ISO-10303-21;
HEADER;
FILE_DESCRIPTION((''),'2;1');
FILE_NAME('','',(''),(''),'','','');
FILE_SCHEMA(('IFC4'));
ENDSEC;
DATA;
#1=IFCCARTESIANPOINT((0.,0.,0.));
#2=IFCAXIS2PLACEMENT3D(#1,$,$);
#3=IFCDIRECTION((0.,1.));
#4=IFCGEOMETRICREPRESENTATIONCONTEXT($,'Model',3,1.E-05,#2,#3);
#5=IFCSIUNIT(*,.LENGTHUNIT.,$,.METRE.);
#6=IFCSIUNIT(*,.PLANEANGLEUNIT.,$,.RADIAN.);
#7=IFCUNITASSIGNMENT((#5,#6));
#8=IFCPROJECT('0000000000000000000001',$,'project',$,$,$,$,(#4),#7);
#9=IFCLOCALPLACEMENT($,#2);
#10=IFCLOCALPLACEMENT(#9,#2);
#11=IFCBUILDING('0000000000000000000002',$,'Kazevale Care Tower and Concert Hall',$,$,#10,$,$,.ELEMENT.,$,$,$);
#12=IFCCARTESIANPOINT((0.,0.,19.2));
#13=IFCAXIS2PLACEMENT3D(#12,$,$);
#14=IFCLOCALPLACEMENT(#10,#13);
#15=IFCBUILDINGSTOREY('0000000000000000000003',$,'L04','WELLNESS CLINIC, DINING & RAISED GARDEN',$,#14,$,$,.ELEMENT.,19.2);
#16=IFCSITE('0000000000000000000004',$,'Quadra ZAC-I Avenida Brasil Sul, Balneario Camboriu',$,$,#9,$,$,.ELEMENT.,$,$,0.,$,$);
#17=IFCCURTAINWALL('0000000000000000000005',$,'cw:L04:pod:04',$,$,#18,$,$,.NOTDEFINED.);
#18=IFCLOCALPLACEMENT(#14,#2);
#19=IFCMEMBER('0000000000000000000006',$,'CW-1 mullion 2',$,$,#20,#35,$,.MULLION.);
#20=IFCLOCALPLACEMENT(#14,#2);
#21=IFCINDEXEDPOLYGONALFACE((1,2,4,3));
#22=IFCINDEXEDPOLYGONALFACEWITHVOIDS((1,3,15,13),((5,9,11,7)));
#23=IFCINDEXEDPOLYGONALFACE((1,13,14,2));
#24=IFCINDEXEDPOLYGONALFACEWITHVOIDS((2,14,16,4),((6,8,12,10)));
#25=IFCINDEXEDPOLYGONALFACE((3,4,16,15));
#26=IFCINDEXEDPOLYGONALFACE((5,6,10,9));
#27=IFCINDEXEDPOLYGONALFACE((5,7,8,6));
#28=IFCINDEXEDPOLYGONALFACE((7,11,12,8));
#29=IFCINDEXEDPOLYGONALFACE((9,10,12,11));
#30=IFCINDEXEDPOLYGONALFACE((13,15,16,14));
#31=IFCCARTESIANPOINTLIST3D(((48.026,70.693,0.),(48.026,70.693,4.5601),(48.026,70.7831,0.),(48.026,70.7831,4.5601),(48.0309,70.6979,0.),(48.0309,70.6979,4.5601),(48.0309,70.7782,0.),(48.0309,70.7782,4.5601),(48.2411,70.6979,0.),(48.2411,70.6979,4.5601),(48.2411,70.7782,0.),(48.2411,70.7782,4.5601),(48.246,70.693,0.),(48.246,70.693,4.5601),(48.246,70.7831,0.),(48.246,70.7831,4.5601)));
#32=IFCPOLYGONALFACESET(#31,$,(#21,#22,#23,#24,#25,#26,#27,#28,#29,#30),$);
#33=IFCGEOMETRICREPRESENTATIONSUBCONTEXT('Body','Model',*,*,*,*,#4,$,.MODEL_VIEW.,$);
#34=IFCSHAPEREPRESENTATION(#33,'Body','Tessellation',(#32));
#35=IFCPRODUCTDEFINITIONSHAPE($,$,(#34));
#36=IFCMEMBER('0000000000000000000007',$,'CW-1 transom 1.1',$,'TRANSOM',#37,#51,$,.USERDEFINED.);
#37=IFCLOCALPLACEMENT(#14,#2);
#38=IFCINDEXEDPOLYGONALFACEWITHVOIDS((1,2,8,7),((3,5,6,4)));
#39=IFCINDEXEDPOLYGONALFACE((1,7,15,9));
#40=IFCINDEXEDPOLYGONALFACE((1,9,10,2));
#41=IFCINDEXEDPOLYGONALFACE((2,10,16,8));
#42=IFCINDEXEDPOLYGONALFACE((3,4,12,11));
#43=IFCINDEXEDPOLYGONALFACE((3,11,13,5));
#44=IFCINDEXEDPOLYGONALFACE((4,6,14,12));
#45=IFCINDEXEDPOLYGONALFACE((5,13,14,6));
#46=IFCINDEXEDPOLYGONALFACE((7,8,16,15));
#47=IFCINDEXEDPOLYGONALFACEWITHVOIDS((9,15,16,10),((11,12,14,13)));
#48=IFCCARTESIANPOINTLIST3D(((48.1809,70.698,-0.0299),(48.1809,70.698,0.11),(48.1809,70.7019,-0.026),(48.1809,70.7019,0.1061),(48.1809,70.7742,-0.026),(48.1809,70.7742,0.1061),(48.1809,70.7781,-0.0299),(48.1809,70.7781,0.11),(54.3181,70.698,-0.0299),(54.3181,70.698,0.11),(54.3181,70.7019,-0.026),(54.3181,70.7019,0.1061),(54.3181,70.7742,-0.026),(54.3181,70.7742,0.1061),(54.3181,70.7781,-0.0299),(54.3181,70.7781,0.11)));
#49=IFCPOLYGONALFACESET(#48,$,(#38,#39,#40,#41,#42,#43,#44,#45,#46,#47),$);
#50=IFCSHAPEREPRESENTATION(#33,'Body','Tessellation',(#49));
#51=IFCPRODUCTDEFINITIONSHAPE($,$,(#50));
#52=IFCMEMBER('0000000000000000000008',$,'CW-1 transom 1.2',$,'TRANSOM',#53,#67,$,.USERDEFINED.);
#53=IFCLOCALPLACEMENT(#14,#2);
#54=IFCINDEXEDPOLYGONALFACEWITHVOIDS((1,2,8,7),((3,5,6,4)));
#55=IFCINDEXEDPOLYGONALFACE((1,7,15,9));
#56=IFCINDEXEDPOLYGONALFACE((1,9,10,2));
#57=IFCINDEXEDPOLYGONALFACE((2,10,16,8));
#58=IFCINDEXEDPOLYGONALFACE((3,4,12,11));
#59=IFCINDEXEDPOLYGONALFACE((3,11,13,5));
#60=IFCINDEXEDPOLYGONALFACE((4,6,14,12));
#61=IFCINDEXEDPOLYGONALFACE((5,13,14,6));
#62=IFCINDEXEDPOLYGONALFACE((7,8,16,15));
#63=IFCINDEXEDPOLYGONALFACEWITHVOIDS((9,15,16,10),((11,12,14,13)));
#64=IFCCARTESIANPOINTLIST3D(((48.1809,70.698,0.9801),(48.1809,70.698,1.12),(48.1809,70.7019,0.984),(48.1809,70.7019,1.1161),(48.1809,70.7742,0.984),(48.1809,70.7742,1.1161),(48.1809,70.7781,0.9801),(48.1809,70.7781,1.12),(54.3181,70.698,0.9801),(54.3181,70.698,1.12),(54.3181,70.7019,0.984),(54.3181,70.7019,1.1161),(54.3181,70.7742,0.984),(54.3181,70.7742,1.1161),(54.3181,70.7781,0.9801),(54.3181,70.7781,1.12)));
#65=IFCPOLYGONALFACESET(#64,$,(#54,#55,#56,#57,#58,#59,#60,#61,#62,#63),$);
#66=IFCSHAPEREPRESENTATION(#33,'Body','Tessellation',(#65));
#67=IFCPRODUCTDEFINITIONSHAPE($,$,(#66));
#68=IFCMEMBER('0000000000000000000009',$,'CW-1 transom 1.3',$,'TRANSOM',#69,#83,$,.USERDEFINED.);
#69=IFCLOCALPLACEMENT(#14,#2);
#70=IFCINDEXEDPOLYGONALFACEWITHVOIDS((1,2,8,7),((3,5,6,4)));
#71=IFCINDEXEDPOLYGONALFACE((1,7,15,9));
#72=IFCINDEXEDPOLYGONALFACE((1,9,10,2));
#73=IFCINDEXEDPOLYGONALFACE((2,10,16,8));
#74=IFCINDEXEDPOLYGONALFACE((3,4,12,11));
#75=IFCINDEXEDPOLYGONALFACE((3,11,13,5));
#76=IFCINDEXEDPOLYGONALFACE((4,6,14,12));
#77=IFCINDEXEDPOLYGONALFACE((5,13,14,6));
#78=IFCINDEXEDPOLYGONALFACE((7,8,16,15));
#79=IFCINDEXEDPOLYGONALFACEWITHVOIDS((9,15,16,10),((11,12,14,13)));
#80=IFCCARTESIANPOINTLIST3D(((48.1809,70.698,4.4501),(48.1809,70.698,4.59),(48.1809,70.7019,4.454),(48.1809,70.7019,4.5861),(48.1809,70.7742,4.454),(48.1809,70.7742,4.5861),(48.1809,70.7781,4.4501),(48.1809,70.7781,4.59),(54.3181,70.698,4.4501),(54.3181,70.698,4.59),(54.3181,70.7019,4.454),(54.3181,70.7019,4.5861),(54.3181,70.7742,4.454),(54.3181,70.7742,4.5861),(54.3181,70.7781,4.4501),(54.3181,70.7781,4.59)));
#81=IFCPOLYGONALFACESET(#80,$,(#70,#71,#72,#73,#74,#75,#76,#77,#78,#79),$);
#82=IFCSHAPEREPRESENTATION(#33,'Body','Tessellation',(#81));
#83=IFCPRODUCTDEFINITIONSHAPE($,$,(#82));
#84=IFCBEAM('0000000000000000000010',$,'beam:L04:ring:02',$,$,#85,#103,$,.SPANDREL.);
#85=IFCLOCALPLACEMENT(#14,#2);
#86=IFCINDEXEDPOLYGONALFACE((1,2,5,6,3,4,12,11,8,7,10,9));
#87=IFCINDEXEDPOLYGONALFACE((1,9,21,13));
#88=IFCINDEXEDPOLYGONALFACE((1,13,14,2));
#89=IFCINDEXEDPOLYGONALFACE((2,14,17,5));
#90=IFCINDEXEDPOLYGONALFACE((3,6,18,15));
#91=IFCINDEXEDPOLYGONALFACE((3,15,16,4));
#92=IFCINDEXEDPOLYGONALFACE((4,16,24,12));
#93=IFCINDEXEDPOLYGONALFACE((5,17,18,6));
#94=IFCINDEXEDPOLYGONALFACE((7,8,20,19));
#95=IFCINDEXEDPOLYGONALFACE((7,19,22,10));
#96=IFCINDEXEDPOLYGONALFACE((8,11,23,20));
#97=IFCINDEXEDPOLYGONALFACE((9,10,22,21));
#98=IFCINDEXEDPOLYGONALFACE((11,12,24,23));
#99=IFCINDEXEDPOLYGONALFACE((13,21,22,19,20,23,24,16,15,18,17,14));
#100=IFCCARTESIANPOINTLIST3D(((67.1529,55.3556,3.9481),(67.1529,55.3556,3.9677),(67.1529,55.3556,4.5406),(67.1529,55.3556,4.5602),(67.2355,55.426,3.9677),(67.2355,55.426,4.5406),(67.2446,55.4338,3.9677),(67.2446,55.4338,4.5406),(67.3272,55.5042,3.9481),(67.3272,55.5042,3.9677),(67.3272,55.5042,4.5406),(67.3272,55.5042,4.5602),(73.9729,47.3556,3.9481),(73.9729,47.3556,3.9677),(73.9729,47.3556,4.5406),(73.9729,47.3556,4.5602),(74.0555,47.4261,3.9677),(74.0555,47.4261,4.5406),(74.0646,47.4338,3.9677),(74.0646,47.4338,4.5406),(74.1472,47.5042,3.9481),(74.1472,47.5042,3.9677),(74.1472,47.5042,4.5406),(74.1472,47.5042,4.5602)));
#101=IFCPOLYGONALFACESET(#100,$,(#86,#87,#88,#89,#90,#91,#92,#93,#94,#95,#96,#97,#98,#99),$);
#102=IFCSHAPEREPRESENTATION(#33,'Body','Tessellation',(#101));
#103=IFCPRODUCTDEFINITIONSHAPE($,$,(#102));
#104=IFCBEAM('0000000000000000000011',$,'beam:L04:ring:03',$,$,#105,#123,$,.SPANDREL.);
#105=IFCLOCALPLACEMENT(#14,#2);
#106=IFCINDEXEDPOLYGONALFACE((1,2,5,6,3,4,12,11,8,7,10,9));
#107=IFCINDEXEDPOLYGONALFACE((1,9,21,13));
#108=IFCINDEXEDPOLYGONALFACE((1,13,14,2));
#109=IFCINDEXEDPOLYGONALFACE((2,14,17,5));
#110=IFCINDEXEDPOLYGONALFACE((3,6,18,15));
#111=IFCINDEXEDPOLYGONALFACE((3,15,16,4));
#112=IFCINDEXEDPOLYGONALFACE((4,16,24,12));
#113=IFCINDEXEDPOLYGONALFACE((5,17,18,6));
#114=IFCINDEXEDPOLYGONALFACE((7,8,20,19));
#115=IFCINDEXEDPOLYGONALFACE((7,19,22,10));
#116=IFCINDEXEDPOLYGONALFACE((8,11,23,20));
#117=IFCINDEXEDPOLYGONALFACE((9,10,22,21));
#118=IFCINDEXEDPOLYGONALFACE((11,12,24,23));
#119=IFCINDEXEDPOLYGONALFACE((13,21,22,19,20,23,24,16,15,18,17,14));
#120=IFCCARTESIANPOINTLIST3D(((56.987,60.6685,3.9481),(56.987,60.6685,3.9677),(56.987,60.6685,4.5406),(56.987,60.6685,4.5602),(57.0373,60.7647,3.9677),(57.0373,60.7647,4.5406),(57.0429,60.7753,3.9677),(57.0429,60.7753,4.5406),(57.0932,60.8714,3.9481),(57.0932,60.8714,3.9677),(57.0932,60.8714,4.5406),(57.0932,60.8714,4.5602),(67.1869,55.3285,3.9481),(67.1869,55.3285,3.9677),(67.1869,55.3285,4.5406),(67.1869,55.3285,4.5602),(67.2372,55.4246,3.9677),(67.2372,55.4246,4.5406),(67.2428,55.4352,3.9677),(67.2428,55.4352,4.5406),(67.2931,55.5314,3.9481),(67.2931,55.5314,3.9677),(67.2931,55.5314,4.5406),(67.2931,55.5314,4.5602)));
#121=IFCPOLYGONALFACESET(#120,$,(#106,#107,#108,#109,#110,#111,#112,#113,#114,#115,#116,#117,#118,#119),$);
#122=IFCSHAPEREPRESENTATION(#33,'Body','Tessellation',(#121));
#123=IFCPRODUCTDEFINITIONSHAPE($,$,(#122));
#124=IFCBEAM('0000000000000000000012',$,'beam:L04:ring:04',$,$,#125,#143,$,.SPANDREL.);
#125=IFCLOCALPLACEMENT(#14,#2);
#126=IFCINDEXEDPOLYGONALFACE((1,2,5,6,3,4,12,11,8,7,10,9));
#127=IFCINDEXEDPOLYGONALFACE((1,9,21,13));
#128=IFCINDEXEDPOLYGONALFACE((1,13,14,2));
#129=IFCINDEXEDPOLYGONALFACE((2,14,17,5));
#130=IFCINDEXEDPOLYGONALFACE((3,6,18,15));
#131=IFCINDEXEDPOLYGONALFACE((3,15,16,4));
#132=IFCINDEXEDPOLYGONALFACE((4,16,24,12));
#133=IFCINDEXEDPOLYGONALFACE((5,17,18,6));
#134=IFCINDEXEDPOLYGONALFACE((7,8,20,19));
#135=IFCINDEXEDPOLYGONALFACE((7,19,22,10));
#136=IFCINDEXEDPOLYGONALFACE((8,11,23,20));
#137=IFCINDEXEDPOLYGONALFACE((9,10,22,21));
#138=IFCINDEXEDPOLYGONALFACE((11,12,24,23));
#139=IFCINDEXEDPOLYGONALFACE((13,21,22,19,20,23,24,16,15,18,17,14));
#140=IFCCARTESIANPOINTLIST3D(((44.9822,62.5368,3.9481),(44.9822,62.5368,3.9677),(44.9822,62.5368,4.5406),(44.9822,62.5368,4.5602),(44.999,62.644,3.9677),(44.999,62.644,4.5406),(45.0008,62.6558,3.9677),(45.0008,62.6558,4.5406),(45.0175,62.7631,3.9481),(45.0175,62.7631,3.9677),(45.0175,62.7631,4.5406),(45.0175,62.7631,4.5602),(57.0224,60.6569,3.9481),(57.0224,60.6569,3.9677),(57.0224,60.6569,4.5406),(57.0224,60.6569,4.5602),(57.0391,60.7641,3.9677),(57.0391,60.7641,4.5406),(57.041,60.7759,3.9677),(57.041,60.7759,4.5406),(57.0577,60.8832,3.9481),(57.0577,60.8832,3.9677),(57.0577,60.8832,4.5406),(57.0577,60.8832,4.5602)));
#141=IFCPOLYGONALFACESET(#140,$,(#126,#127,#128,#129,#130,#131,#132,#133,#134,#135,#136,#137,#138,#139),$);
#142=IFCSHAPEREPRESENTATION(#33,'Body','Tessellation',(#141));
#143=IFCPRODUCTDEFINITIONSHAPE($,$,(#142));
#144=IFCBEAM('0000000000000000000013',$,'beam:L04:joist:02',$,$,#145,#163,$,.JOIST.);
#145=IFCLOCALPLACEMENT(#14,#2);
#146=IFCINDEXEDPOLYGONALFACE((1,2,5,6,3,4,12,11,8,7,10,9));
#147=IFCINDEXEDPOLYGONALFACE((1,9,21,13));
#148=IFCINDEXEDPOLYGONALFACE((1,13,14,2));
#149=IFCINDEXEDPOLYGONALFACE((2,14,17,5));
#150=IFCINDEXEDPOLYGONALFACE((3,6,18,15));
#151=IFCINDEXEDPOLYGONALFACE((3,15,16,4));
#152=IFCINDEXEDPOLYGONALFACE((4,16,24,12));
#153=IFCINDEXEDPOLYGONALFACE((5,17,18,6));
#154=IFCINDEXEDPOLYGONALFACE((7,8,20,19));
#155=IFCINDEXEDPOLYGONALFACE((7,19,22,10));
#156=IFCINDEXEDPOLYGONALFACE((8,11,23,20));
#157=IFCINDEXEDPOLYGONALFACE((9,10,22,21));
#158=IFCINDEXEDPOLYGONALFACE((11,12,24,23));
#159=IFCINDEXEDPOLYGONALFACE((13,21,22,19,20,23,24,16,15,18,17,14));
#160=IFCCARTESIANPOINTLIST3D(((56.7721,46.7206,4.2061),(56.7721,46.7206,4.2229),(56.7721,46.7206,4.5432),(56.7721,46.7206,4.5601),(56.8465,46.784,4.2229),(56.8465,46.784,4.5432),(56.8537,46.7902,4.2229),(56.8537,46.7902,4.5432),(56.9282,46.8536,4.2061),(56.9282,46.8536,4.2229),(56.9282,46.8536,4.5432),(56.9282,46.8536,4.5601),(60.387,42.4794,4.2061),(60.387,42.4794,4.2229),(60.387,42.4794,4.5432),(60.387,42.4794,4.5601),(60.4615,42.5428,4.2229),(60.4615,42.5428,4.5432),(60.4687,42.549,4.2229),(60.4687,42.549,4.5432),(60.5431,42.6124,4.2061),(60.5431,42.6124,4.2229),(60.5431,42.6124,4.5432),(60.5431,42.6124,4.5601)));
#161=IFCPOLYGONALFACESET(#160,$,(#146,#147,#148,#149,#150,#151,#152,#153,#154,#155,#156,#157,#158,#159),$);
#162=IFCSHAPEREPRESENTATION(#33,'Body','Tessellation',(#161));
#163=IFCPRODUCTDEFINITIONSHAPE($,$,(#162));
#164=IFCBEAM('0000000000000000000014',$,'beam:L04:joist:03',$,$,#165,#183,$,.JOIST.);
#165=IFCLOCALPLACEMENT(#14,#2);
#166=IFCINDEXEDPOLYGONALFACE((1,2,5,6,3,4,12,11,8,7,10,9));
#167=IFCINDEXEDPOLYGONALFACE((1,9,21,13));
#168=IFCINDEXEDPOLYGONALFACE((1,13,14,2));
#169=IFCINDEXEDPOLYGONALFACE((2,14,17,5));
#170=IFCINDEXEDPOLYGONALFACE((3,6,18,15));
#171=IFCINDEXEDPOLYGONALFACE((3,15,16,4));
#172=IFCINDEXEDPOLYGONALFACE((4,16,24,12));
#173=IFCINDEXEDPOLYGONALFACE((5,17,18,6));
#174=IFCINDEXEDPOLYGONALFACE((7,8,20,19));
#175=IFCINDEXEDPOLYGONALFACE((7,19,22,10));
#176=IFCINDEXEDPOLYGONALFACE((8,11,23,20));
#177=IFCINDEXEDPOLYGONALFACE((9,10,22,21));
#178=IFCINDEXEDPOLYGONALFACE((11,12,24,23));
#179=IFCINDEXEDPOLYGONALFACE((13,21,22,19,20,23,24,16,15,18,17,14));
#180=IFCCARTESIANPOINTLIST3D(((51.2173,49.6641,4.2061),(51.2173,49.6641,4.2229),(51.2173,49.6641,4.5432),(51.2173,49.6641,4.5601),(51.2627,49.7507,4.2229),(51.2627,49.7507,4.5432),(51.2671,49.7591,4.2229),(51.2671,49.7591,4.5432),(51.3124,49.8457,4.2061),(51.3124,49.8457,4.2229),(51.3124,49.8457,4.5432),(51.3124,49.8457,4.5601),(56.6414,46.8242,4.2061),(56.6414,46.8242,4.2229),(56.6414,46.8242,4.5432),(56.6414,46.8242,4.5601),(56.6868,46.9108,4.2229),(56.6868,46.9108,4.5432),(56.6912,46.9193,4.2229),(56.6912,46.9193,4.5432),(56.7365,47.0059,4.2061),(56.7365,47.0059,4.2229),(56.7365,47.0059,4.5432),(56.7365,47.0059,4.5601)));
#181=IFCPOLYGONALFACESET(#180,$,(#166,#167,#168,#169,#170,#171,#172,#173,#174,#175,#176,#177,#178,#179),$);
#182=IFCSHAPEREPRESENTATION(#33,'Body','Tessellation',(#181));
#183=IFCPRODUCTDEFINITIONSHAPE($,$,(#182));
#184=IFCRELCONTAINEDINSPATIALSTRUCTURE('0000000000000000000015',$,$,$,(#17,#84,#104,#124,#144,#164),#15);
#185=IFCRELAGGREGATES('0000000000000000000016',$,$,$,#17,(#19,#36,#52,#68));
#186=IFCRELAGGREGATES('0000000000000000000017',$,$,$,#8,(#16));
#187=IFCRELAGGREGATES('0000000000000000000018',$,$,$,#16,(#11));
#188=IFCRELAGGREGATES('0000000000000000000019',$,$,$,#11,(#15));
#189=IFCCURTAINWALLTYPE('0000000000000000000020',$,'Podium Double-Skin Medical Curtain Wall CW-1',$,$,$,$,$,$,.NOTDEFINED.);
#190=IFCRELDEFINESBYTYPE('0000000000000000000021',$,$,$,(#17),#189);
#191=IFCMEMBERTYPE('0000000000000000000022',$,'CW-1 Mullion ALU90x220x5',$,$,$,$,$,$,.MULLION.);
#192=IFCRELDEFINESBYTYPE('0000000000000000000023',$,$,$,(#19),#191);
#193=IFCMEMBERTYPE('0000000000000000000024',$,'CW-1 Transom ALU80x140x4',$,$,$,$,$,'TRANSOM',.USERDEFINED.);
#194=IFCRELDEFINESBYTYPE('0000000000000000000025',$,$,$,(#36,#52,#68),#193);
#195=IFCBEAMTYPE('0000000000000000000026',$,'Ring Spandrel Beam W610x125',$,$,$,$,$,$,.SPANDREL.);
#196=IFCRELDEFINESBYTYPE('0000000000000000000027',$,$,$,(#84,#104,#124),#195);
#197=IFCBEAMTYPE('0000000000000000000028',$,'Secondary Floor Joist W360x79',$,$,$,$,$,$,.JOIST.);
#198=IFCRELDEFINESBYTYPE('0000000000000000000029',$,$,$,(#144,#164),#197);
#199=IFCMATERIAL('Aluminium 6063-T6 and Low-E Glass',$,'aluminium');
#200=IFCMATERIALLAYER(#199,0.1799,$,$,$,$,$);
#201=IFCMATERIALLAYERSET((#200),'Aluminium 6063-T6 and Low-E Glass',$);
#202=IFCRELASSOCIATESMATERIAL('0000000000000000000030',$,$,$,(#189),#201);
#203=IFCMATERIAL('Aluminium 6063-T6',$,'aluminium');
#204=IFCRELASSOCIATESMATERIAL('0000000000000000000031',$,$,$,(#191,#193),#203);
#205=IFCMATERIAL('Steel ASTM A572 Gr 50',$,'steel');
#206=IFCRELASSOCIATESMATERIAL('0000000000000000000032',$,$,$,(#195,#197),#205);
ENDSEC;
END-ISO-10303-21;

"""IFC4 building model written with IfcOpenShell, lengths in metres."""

from ifc_helpers import new_model, si_unit, direction, frame, origin, origin_2d, place, context, subcontext, project, spatial, hollow_rectangle, i_section, extrude, material, layer, layer_set, material_profile, profile_set, type_object, element, aggregate, save


model = new_model("IFC4")

# Units and contexts
model_context = context("Model", 3, precision=1e-05, world=origin(), true_north=direction((0.0, 1.0)))
body_context = subcontext(model_context, "Body", "Model", "MODEL_VIEW")
ifc_project = project(units=[si_unit("LENGTHUNIT", "METRE"), si_unit("PLANEANGLEUNIT", "RADIAN")], contexts=[model_context])

# Site, building, storey
site_placement = place(None, origin())
site = spatial("IfcSite", under=ifc_project, at=site_placement, Name="Quadra ZAC-I Avenida Brasil Sul, Balneario Camboriu", CompositionType="ELEMENT", RefElevation=0.0)
building_placement = place(site_placement, origin())
building = spatial("IfcBuilding", under=site, at=building_placement, Name="Kazevale Care Tower and Concert Hall", CompositionType="ELEMENT")
storey_placement = place(building_placement, frame((0.0, 0.0, 19.2)))
storey = spatial("IfcBuildingStorey", under=building, at=storey_placement, Name="L04", Description="WELLNESS CLINIC, DINING & RAISED GARDEN", CompositionType="ELEMENT", Elevation=19.2)

# Shared definitions
ifc_material_1 = material(Name="Aluminium 6063-T6 and Low-E Glass", Category="aluminium")
ifc_layer_1 = layer(ifc_material_1, 0.1799)
ifc_layer_set_1 = layer_set([ifc_layer_1], Name="Aluminium 6063-T6 and Low-E Glass")
curtain_wall_type = type_object("IfcCurtainWallType", Name="Podium Double-Skin Medical Curtain Wall CW-1", PredefinedType="NOTDEFINED", material=ifc_layer_set_1)
ifc_material_2 = material(Name="Aluminium 6063-T6", Category="aluminium")
ifc_material_profile_1 = material_profile(ifc_material_2, hollow_rectangle(XDim=0.0901, YDim=0.22, WallThickness=0.0049, at=origin_2d()), Name="ALU90x220x5")
ifc_profile_set_1 = profile_set([ifc_material_profile_1], Name="Aluminium 6063-T6")
member_type_1 = type_object("IfcMemberType", Name="CW-1 Mullion ALU90x220x5", PredefinedType="MULLION", material=ifc_profile_set_1)

# Curtain wall, members
curtain_wall_1_placement = place(storey_placement, origin())
curtain_wall_1 = element("IfcCurtainWall", 1, at=curtain_wall_1_placement, inside=storey, type_object=curtain_wall_type, Name="cw:L04:pod:04", PredefinedType="NOTDEFINED")
member_1_placement = place(storey_placement, frame((48.136, 70.738, 0.0), z_axis=(0.0, 0.0, 1.0), x_axis=(0.0, -1.0, 0.0)))
member_1 = element("IfcMember", 2, at=member_1_placement, type_object=member_type_1, Name="CW-1 mullion 2", PredefinedType="MULLION", context=body_context, shape_type="SweptSolid", body=[
    extrude(hollow_rectangle(XDim=0.0901, YDim=0.22, WallThickness=0.0049, at=origin_2d()), origin(), (0.0, 0.0, 1.0), 4.5601),
])
ifc_material_profile_2 = material_profile(ifc_material_2, hollow_rectangle(XDim=0.0801, YDim=0.1399, WallThickness=0.0039, at=origin_2d()), Name="ALU80x140x4")
ifc_profile_set_2 = profile_set([ifc_material_profile_2], Name="Aluminium 6063-T6")
member_type_2 = type_object("IfcMemberType", Name="CW-1 Transom ALU80x140x4", ElementType="TRANSOM", PredefinedType="USERDEFINED", material=ifc_profile_set_2)
member_2_placement = place(storey_placement, frame((54.3181, 70.738, 0.04), z_axis=(-1.0, 0.0, 0.0), x_axis=(0.0, -1.0, 0.0)))
member_2 = element("IfcMember", 3, at=member_2_placement, type_object=member_type_2, Name="CW-1 transom 1.1", ObjectType="TRANSOM", PredefinedType="USERDEFINED", context=body_context, shape_type="SweptSolid", body=[
    extrude(hollow_rectangle(XDim=0.0801, YDim=0.1399, WallThickness=0.0039, at=origin_2d()), origin(), (0.0, 0.0, 1.0), 6.1372),
])
member_3_placement = place(storey_placement, frame((54.3181, 70.738, 1.05), z_axis=(-1.0, 0.0, 0.0), x_axis=(0.0, -1.0, 0.0)))
member_3 = element("IfcMember", 4, at=member_3_placement, type_object=member_type_2, Name="CW-1 transom 1.2", ObjectType="TRANSOM", PredefinedType="USERDEFINED", context=body_context, shape_type="SweptSolid", body=[
    extrude(hollow_rectangle(XDim=0.0801, YDim=0.1399, WallThickness=0.0039, at=origin_2d()), origin(), (0.0, 0.0, 1.0), 6.1372),
])
member_4_placement = place(storey_placement, frame((54.3181, 70.738, 4.52), z_axis=(-1.0, 0.0, 0.0), x_axis=(0.0, -1.0, 0.0)))
member_4 = element("IfcMember", 5, at=member_4_placement, type_object=member_type_2, Name="CW-1 transom 1.3", ObjectType="TRANSOM", PredefinedType="USERDEFINED", context=body_context, shape_type="SweptSolid", body=[
    extrude(hollow_rectangle(XDim=0.0801, YDim=0.1399, WallThickness=0.0039, at=origin_2d()), origin(), (0.0, 0.0, 1.0), 6.1372),
])

# Beams
ifc_material_3 = material(Name="Steel ASTM A572 Gr 50", Category="steel")
ifc_material_profile_3 = material_profile(ifc_material_3, i_section(OverallWidth=0.229, OverallDepth=0.6121, WebThickness=0.012, FlangeThickness=0.0195, at=origin_2d()), Name="W610x125")
ifc_profile_set_3 = profile_set([ifc_material_profile_3], Name="Steel ASTM A572 Gr 50")
beam_type_1 = type_object("IfcBeamType", Name="Ring Spandrel Beam W610x125", PredefinedType="SPANDREL", material=ifc_profile_set_3)
beam_1_placement = place(storey_placement, frame((74.0601, 47.4299, 4.2542), z_axis=(-0.648756, 0.760996, 0.0), x_axis=(-0.760996, -0.648756, 0.0)))
element("IfcBeam", 6, at=beam_1_placement, inside=storey, type_object=beam_type_1, Name="beam:L04:ring:02", PredefinedType="SPANDREL", context=body_context, shape_type="SweptSolid", body=[
    extrude(i_section(OverallWidth=0.229, OverallDepth=0.6121, WebThickness=0.012, FlangeThickness=0.0195, at=origin_2d()), origin(), (0.0, 0.0, 1.0), 10.5125),
])
beam_2_placement = place(storey_placement, frame((67.24, 55.4299, 4.2542), z_axis=(-0.885929, 0.46382, 0.0), x_axis=(-0.46382, -0.885929, 0.0)))
element("IfcBeam", 7, at=beam_2_placement, inside=storey, type_object=beam_type_1, Name="beam:L04:ring:03", PredefinedType="SPANDREL", context=body_context, shape_type="SweptSolid", body=[
    extrude(i_section(OverallWidth=0.229, OverallDepth=0.6121, WebThickness=0.012, FlangeThickness=0.0195, at=origin_2d()), origin(), (0.0, 0.0, 1.0), 11.5132),
])
beam_3_placement = place(storey_placement, frame((57.04, 60.77, 4.2542), z_axis=(-0.988029, 0.154267, 0.0), x_axis=(-0.154267, -0.988029, 0.0)))
element("IfcBeam", 8, at=beam_3_placement, inside=storey, type_object=beam_type_1, Name="beam:L04:ring:04", PredefinedType="SPANDREL", context=body_context, shape_type="SweptSolid", body=[
    extrude(i_section(OverallWidth=0.229, OverallDepth=0.6121, WebThickness=0.012, FlangeThickness=0.0195, at=origin_2d()), origin(), (0.0, 0.0, 1.0), 12.186),
])
ifc_material_profile_4 = material_profile(ifc_material_3, i_section(OverallWidth=0.2051, OverallDepth=0.354, WebThickness=0.0095, FlangeThickness=0.0168, at=origin_2d()), Name="W360x79")
ifc_profile_set_4 = profile_set([ifc_material_profile_4], Name="Steel ASTM A572 Gr 50")
beam_type_2 = type_object("IfcBeamType", Name="Secondary Floor Joist W360x79", PredefinedType="JOIST", material=ifc_profile_set_4)
beam_4_placement = place(storey_placement, frame((60.4651, 42.5459, 4.3831), z_axis=(-0.648686, 0.761057, 0.0), x_axis=(-0.761057, -0.648686, 0.0)))
element("IfcBeam", 9, at=beam_4_placement, inside=storey, type_object=beam_type_2, Name="beam:L04:joist:02", PredefinedType="JOIST", context=body_context, shape_type="SweptSolid", body=[
    extrude(i_section(OverallWidth=0.2051, OverallDepth=0.354, WebThickness=0.0095, FlangeThickness=0.0168, at=origin_2d()), origin(), (0.0, 0.0, 1.0), 5.5728),
])
beam_5_placement = place(storey_placement, frame((56.689, 46.915, 4.3831), z_axis=(-0.885921, 0.463836, 0.0), x_axis=(-0.463836, -0.885921, 0.0)))
element("IfcBeam", 10, at=beam_5_placement, inside=storey, type_object=beam_type_2, Name="beam:L04:joist:03", PredefinedType="JOIST", context=body_context, shape_type="SweptSolid", body=[
    extrude(i_section(OverallWidth=0.2051, OverallDepth=0.354, WebThickness=0.0095, FlangeThickness=0.0168, at=origin_2d()), origin(), (0.0, 0.0, 1.0), 6.1226),
])

aggregate(curtain_wall_1, [member_1, member_2, member_3, member_4])

save(model, "model.ifc")
